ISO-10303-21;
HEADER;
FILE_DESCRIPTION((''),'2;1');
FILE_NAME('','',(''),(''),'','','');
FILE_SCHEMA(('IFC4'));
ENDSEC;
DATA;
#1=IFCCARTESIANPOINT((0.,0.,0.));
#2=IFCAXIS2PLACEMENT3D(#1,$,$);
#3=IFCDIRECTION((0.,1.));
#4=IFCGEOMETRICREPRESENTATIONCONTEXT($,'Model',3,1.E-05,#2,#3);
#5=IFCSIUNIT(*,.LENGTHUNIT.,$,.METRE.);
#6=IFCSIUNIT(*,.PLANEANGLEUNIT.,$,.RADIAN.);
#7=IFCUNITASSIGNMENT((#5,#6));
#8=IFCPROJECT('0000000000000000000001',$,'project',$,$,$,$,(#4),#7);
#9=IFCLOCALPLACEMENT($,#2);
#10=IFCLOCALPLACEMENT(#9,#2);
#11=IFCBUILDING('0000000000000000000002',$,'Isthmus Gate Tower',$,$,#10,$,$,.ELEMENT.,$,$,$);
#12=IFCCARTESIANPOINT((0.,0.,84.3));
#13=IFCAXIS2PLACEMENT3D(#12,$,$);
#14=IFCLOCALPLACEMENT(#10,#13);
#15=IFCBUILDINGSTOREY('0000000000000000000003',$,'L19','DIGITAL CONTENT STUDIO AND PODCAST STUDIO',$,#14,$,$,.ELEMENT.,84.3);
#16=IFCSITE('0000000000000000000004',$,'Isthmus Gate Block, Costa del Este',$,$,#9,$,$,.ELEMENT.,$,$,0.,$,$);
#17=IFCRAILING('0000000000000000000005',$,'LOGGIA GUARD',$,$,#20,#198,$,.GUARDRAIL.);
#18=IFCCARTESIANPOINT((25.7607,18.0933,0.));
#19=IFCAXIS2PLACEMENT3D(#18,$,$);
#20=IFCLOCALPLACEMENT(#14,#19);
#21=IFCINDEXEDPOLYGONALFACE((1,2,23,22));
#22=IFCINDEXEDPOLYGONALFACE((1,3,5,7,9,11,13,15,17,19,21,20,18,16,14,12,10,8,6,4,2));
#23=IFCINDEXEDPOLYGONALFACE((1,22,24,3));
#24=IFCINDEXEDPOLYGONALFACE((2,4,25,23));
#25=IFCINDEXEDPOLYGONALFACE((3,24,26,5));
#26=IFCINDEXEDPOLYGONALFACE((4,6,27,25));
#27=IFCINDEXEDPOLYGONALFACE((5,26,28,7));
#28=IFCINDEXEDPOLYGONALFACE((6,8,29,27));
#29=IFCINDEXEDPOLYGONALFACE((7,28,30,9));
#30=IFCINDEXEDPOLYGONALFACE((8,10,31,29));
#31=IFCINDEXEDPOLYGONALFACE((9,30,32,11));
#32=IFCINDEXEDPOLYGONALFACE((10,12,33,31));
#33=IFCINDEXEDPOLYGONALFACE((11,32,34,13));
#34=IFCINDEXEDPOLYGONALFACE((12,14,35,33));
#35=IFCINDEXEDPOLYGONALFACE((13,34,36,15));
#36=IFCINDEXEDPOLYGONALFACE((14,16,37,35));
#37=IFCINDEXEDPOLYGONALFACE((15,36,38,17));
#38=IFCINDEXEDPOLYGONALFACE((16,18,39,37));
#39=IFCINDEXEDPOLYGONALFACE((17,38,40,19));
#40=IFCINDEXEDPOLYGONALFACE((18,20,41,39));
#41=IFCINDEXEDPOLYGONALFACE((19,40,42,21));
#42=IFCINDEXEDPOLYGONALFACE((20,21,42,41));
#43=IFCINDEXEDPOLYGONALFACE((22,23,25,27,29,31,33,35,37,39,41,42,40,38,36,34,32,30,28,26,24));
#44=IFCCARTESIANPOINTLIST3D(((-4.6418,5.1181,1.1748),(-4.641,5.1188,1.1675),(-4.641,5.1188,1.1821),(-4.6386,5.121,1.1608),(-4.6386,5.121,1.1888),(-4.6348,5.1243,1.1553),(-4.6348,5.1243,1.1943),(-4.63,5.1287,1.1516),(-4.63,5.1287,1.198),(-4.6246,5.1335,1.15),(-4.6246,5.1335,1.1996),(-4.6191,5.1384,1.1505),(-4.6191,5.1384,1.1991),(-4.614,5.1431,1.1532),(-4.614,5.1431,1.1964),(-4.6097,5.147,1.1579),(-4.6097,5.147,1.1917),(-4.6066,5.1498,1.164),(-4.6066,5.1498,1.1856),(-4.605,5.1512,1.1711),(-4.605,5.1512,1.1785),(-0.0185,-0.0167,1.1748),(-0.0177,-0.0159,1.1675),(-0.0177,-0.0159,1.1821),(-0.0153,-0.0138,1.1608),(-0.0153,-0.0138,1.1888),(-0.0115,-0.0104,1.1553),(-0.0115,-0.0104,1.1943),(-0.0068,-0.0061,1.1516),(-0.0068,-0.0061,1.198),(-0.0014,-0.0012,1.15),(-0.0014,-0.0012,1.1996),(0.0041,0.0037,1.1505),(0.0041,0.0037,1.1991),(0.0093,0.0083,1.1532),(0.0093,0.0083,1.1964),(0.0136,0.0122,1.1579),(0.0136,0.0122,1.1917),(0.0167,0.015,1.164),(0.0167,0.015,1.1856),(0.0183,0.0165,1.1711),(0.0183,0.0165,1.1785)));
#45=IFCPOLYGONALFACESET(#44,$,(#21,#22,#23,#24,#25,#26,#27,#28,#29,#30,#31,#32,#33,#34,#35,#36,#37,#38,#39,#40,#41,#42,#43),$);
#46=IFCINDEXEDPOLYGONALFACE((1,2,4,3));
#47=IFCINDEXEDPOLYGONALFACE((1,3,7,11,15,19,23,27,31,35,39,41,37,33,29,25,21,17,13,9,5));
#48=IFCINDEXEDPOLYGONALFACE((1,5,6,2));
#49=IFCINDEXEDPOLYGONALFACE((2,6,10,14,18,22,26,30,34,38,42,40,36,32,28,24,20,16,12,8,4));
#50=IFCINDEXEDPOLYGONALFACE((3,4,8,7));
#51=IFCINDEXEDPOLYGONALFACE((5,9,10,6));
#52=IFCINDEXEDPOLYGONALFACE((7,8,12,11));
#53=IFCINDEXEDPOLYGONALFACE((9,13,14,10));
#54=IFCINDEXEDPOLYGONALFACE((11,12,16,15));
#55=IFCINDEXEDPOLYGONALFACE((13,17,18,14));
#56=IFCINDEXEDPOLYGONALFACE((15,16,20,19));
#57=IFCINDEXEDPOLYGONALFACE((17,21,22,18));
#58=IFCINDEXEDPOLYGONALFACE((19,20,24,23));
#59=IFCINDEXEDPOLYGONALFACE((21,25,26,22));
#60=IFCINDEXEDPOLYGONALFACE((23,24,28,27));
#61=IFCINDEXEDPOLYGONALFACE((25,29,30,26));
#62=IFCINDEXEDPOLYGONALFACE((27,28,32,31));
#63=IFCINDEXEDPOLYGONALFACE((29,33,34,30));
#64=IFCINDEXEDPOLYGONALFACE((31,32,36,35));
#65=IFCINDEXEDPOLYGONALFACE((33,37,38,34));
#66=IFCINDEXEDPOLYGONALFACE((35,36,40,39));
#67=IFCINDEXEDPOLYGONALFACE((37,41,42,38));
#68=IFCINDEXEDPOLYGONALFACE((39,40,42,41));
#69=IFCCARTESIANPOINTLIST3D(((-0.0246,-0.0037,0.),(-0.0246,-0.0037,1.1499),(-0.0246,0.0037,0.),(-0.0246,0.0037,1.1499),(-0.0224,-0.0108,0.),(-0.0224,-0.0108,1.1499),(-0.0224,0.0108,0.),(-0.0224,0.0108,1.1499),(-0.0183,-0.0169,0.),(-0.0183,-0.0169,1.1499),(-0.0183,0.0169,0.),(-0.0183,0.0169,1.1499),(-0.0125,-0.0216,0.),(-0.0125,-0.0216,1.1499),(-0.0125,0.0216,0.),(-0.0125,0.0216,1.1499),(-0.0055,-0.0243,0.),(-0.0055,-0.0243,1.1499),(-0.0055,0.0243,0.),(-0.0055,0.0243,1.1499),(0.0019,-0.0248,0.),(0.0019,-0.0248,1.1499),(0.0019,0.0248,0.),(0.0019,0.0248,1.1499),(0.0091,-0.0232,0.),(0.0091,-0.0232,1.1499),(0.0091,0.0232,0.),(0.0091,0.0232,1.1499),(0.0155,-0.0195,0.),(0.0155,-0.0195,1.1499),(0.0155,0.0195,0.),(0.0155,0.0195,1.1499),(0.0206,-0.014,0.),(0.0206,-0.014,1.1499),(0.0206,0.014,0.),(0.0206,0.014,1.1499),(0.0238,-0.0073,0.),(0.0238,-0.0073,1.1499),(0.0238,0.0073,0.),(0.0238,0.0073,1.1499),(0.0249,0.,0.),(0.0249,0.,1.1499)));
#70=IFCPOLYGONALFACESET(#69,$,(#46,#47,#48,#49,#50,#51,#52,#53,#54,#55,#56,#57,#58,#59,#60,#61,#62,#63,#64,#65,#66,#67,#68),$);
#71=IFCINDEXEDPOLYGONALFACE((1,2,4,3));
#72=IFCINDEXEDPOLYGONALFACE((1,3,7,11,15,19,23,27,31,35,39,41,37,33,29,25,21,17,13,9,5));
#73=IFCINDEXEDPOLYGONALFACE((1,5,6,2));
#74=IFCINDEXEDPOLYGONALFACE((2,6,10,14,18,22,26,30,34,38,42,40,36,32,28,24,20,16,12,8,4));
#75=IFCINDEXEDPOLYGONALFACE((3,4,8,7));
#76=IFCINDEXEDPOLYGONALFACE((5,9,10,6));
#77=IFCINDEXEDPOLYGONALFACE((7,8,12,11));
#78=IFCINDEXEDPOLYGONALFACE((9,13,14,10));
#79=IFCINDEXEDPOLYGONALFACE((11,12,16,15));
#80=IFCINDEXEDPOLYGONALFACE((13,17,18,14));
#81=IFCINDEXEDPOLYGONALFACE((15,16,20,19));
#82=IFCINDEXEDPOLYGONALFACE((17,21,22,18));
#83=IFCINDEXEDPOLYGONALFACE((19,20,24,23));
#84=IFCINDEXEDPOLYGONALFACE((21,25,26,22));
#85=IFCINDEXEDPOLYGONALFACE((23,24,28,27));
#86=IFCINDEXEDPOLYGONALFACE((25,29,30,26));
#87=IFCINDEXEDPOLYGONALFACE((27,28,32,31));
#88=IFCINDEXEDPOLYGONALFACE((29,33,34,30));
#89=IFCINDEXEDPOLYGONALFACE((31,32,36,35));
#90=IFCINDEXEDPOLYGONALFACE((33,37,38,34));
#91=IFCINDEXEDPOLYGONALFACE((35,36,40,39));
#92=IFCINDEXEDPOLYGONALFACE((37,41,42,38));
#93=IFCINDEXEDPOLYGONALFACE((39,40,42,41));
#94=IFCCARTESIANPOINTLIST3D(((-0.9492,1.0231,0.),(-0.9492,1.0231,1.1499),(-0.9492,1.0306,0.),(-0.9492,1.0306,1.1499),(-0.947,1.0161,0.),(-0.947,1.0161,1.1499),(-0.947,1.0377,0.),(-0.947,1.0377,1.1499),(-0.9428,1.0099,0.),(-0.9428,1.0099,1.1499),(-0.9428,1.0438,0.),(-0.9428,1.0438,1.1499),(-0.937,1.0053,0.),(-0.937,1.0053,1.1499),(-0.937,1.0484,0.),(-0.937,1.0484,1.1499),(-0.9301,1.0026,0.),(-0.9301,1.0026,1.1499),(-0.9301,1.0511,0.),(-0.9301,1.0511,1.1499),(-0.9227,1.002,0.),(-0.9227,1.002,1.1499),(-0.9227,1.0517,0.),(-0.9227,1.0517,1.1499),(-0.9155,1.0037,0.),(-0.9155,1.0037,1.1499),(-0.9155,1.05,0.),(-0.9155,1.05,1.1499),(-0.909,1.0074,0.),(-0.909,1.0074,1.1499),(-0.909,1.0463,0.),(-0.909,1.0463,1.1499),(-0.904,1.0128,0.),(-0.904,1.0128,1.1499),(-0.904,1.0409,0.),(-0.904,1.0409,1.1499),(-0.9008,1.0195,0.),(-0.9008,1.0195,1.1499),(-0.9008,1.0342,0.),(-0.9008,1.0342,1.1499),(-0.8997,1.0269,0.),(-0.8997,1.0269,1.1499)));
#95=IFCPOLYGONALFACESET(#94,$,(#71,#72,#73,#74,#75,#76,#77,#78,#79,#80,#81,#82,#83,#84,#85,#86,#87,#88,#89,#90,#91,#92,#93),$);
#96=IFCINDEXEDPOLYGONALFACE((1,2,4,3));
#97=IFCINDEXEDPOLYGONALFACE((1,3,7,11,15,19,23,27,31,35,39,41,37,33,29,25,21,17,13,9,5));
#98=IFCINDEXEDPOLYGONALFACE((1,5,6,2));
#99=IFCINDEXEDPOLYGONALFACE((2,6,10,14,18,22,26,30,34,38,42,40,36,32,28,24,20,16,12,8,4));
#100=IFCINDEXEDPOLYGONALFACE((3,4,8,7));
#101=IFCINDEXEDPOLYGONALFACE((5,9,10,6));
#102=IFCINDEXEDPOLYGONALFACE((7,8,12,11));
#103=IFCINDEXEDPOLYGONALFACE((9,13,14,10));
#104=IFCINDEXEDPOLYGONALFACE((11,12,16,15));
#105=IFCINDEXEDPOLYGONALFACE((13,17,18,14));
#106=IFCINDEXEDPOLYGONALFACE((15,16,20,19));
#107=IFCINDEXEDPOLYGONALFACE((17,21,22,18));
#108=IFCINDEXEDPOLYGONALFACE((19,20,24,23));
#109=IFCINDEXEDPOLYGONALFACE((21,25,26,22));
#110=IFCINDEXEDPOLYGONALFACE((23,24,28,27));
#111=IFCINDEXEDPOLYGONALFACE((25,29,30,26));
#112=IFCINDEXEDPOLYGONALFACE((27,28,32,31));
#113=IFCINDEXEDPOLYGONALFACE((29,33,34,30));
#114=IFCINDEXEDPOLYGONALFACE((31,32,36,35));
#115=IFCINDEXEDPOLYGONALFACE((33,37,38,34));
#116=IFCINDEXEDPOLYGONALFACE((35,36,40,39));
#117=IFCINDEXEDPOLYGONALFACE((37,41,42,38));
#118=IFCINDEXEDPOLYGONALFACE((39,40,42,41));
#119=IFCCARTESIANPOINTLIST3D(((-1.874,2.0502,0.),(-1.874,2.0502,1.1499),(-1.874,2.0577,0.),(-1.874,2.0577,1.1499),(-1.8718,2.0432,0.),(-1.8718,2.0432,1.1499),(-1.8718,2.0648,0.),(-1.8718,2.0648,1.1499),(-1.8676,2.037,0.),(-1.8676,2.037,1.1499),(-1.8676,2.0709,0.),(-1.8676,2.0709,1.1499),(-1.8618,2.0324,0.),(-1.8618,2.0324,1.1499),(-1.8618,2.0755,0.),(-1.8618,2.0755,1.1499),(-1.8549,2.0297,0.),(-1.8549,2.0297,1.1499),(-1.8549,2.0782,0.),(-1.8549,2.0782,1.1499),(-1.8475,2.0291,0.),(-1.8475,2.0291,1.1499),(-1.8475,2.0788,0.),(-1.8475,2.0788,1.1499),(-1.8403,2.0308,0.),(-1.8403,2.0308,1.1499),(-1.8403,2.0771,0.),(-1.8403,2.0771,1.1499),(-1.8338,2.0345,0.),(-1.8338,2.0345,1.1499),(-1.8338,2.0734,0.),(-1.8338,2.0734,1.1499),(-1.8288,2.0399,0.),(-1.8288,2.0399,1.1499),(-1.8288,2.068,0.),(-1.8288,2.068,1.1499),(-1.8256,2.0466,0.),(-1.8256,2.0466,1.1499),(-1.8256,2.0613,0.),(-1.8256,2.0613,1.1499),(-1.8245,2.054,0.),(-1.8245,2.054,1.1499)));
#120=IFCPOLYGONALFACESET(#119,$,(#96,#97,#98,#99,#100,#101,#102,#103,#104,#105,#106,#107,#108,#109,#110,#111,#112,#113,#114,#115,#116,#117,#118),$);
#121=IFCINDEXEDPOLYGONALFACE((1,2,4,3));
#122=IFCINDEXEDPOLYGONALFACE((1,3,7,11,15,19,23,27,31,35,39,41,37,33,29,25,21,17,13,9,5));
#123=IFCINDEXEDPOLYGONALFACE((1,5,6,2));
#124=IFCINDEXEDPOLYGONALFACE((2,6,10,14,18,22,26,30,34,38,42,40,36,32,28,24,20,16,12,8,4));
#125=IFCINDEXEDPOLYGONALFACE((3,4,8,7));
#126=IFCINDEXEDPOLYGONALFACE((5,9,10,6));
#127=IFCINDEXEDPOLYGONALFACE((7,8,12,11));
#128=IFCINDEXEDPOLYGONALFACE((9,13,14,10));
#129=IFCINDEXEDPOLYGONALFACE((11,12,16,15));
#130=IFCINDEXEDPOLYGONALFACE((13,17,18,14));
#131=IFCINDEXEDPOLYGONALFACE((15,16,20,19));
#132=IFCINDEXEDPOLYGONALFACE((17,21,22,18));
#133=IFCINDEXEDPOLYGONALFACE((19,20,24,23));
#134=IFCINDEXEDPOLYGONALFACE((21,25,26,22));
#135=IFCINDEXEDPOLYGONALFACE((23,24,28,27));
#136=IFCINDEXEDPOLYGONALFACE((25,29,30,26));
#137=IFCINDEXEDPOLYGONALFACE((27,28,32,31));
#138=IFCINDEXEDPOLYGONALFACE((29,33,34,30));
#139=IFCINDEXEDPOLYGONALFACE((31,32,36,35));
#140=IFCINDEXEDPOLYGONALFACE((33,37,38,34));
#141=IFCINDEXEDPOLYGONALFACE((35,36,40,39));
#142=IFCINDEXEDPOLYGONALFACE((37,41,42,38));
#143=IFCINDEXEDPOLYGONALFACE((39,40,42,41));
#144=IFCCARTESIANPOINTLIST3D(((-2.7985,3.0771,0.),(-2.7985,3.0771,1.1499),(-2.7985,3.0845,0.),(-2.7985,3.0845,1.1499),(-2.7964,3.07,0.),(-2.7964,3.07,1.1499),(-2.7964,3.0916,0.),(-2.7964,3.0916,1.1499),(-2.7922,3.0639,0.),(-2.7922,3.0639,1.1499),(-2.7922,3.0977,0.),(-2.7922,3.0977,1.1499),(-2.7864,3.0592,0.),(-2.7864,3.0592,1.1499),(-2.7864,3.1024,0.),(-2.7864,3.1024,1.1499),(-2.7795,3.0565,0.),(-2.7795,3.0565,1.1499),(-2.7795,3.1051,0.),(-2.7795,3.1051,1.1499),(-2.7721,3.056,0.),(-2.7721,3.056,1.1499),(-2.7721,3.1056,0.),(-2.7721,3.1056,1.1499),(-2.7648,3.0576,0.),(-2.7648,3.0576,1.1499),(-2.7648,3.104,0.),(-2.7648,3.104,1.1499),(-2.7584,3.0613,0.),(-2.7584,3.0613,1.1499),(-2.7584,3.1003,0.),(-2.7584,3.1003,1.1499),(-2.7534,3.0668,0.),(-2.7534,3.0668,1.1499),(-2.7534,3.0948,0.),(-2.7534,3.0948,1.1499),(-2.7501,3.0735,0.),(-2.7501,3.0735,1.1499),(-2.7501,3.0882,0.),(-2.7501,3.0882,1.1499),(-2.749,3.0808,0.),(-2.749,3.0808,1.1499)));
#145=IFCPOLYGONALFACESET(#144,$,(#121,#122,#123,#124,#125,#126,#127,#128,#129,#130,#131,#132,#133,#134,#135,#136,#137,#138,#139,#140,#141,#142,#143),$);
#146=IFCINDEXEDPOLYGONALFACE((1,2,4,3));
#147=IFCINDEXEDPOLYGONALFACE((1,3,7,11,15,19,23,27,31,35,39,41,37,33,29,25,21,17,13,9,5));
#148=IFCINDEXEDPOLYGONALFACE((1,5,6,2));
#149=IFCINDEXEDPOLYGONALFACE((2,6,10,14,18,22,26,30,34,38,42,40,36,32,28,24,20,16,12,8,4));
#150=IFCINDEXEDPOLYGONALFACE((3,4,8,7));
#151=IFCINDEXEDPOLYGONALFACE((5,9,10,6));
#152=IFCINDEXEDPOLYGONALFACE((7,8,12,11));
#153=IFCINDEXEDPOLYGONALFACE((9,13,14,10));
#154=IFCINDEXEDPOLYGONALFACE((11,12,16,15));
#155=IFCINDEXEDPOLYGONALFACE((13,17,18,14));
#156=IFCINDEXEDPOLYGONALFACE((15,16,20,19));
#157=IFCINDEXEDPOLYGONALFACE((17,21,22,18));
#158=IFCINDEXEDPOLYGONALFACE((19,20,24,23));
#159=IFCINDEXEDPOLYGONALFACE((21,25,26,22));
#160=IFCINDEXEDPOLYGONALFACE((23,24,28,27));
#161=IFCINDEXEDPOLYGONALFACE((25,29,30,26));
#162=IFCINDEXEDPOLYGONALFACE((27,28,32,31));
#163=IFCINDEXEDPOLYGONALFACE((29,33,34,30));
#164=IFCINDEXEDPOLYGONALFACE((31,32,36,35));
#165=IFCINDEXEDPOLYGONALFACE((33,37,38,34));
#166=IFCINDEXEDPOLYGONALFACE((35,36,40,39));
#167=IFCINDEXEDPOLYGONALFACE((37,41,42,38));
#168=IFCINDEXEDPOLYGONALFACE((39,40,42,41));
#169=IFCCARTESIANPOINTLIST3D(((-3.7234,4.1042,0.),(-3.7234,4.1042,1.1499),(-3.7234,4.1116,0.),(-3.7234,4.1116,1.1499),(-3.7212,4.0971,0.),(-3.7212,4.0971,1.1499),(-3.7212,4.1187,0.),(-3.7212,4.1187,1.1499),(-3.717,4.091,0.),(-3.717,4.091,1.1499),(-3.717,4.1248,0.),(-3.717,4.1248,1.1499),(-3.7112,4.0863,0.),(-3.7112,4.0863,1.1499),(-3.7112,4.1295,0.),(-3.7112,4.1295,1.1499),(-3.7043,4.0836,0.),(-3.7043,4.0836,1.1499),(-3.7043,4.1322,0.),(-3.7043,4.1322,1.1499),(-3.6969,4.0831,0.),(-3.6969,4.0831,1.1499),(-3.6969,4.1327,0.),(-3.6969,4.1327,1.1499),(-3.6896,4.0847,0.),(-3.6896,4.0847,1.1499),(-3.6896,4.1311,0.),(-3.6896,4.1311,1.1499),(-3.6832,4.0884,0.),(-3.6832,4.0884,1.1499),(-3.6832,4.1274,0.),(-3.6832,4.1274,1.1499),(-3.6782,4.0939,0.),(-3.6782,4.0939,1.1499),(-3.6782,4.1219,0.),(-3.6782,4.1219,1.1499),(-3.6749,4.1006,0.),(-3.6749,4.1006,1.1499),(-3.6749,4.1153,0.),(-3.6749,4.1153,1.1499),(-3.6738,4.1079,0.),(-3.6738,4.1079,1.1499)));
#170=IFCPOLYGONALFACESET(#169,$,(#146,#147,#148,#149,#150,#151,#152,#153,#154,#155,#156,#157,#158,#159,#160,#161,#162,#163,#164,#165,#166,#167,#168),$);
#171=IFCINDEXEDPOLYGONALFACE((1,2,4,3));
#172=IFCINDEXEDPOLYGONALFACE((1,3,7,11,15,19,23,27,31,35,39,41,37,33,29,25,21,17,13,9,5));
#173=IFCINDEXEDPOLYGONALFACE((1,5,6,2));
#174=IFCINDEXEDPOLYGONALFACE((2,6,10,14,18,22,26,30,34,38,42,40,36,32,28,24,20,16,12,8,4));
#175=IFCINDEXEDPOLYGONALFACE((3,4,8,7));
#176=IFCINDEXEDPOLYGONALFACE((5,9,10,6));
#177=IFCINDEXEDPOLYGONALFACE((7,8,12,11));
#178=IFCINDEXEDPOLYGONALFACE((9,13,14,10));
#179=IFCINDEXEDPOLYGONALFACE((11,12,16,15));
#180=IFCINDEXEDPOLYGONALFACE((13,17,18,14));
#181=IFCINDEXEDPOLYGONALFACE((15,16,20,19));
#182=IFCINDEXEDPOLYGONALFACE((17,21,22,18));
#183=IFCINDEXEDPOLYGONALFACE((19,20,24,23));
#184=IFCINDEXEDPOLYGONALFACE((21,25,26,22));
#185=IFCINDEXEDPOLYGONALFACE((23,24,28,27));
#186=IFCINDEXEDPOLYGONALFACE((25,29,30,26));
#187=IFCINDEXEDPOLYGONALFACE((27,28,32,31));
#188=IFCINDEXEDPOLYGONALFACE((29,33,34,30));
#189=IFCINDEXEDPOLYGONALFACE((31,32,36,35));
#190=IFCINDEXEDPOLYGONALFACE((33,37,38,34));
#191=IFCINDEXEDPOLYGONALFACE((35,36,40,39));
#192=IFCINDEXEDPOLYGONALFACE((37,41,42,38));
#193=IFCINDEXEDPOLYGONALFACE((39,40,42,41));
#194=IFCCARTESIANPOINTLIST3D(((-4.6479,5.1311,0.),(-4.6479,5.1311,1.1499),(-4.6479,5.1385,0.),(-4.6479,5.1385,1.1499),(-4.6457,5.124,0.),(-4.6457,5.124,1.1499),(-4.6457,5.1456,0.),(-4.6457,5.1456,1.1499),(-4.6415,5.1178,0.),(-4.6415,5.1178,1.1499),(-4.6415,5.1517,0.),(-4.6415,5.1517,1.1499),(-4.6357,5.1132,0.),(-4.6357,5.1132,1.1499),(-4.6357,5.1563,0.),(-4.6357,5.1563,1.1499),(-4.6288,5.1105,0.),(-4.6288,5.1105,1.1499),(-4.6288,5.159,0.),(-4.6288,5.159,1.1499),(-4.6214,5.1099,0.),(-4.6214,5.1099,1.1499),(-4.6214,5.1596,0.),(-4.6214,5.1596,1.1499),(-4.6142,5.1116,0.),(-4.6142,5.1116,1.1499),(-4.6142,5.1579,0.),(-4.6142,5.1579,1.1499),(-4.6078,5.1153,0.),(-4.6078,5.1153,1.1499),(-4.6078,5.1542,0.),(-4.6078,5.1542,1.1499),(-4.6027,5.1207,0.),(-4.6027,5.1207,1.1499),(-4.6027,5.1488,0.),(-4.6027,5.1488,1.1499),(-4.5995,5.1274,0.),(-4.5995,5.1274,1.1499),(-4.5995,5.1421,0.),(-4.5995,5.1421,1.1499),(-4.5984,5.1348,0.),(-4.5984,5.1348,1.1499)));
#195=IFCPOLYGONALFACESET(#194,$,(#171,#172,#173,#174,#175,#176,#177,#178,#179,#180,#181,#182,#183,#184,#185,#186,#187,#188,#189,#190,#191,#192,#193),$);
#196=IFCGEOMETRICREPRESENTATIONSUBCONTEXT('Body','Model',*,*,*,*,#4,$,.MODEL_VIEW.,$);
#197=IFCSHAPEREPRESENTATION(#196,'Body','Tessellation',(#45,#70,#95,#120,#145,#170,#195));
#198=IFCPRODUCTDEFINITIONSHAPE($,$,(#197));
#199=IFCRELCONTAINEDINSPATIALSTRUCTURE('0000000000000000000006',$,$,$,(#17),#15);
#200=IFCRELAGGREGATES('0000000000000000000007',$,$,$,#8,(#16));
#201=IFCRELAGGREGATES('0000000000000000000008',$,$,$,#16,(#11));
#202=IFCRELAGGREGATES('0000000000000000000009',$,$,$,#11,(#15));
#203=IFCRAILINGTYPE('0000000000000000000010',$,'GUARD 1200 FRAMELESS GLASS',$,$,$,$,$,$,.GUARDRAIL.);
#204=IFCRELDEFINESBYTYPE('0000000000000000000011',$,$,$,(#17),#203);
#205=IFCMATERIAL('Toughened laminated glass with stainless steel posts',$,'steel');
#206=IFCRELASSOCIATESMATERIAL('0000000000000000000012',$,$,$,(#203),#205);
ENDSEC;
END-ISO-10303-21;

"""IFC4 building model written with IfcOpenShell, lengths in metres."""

from ifc_helpers import new_model, si_unit, direction, frame, origin, origin_2d, place, context, subcontext, project, spatial, circle, extrude, material, type_object, element, save


model = new_model("IFC4")

# Units and contexts
model_context = context("Model", 3, precision=1e-05, world=origin(), true_north=direction((0.0, 1.0)))
body_context = subcontext(model_context, "Body", "Model", "MODEL_VIEW")
ifc_project = project(units=[si_unit("LENGTHUNIT", "METRE"), si_unit("PLANEANGLEUNIT", "RADIAN")], contexts=[model_context])

# Site, building, storey
site_placement = place(None, origin())
site = spatial("IfcSite", under=ifc_project, at=site_placement, Name="Isthmus Gate Block, Costa del Este", CompositionType="ELEMENT", RefElevation=0.0)
building_placement = place(site_placement, origin())
building = spatial("IfcBuilding", under=site, at=building_placement, Name="Isthmus Gate Tower", CompositionType="ELEMENT")
storey_placement = place(building_placement, frame((0.0, 0.0, 84.3)))
storey = spatial("IfcBuildingStorey", under=building, at=storey_placement, Name="L19", Description="DIGITAL CONTENT STUDIO AND PODCAST STUDIO", CompositionType="ELEMENT", Elevation=84.3)

# Railing
ifc_material_1 = material(Name="Toughened laminated glass with stainless steel posts", Category="steel")
railing_type = type_object("IfcRailingType", Name="GUARD 1200 FRAMELESS GLASS", PredefinedType="GUARDRAIL", material=ifc_material_1)
railing_placement = place(storey_placement, frame((25.7607, 18.0933, 0.0)))
element("IfcRailing", 1, at=railing_placement, inside=storey, type_object=railing_type, Name="LOGGIA GUARD", PredefinedType="GUARDRAIL", context=body_context, shape_type="SweptSolid", body=[
    extrude(circle(Radius=0.0249, at=origin_2d()), frame((0.0, 0.0, 1.1748), z_axis=(-0.669125, 0.74315, 0.0), x_axis=(-0.74315, -0.669125, 0.0)), (0.0, 0.0, 1.0), 6.9094),
    extrude(circle(Radius=0.0249, at=origin_2d()), origin(), (0.0, 0.0, 1.0), 1.1499),
    extrude(circle(Radius=0.0249, at=origin_2d()), frame((-0.9246, 1.0269, 0.0)), (0.0, 0.0, 1.0), 1.1499),
    extrude(circle(Radius=0.0249, at=origin_2d()), frame((-1.8494, 2.054, 0.0)), (0.0, 0.0, 1.0), 1.1499),
    extrude(circle(Radius=0.0249, at=origin_2d()), frame((-2.7739, 3.0808, 0.0)), (0.0, 0.0, 1.0), 1.1499),
    extrude(circle(Radius=0.0249, at=origin_2d()), frame((-3.6987, 4.1079, 0.0)), (0.0, 0.0, 1.0), 1.1499),
    extrude(circle(Radius=0.0249, at=origin_2d()), frame((-4.6233, 5.1348, 0.0)), (0.0, 0.0, 1.0), 1.1499),
])

save(model, "model.ifc")
